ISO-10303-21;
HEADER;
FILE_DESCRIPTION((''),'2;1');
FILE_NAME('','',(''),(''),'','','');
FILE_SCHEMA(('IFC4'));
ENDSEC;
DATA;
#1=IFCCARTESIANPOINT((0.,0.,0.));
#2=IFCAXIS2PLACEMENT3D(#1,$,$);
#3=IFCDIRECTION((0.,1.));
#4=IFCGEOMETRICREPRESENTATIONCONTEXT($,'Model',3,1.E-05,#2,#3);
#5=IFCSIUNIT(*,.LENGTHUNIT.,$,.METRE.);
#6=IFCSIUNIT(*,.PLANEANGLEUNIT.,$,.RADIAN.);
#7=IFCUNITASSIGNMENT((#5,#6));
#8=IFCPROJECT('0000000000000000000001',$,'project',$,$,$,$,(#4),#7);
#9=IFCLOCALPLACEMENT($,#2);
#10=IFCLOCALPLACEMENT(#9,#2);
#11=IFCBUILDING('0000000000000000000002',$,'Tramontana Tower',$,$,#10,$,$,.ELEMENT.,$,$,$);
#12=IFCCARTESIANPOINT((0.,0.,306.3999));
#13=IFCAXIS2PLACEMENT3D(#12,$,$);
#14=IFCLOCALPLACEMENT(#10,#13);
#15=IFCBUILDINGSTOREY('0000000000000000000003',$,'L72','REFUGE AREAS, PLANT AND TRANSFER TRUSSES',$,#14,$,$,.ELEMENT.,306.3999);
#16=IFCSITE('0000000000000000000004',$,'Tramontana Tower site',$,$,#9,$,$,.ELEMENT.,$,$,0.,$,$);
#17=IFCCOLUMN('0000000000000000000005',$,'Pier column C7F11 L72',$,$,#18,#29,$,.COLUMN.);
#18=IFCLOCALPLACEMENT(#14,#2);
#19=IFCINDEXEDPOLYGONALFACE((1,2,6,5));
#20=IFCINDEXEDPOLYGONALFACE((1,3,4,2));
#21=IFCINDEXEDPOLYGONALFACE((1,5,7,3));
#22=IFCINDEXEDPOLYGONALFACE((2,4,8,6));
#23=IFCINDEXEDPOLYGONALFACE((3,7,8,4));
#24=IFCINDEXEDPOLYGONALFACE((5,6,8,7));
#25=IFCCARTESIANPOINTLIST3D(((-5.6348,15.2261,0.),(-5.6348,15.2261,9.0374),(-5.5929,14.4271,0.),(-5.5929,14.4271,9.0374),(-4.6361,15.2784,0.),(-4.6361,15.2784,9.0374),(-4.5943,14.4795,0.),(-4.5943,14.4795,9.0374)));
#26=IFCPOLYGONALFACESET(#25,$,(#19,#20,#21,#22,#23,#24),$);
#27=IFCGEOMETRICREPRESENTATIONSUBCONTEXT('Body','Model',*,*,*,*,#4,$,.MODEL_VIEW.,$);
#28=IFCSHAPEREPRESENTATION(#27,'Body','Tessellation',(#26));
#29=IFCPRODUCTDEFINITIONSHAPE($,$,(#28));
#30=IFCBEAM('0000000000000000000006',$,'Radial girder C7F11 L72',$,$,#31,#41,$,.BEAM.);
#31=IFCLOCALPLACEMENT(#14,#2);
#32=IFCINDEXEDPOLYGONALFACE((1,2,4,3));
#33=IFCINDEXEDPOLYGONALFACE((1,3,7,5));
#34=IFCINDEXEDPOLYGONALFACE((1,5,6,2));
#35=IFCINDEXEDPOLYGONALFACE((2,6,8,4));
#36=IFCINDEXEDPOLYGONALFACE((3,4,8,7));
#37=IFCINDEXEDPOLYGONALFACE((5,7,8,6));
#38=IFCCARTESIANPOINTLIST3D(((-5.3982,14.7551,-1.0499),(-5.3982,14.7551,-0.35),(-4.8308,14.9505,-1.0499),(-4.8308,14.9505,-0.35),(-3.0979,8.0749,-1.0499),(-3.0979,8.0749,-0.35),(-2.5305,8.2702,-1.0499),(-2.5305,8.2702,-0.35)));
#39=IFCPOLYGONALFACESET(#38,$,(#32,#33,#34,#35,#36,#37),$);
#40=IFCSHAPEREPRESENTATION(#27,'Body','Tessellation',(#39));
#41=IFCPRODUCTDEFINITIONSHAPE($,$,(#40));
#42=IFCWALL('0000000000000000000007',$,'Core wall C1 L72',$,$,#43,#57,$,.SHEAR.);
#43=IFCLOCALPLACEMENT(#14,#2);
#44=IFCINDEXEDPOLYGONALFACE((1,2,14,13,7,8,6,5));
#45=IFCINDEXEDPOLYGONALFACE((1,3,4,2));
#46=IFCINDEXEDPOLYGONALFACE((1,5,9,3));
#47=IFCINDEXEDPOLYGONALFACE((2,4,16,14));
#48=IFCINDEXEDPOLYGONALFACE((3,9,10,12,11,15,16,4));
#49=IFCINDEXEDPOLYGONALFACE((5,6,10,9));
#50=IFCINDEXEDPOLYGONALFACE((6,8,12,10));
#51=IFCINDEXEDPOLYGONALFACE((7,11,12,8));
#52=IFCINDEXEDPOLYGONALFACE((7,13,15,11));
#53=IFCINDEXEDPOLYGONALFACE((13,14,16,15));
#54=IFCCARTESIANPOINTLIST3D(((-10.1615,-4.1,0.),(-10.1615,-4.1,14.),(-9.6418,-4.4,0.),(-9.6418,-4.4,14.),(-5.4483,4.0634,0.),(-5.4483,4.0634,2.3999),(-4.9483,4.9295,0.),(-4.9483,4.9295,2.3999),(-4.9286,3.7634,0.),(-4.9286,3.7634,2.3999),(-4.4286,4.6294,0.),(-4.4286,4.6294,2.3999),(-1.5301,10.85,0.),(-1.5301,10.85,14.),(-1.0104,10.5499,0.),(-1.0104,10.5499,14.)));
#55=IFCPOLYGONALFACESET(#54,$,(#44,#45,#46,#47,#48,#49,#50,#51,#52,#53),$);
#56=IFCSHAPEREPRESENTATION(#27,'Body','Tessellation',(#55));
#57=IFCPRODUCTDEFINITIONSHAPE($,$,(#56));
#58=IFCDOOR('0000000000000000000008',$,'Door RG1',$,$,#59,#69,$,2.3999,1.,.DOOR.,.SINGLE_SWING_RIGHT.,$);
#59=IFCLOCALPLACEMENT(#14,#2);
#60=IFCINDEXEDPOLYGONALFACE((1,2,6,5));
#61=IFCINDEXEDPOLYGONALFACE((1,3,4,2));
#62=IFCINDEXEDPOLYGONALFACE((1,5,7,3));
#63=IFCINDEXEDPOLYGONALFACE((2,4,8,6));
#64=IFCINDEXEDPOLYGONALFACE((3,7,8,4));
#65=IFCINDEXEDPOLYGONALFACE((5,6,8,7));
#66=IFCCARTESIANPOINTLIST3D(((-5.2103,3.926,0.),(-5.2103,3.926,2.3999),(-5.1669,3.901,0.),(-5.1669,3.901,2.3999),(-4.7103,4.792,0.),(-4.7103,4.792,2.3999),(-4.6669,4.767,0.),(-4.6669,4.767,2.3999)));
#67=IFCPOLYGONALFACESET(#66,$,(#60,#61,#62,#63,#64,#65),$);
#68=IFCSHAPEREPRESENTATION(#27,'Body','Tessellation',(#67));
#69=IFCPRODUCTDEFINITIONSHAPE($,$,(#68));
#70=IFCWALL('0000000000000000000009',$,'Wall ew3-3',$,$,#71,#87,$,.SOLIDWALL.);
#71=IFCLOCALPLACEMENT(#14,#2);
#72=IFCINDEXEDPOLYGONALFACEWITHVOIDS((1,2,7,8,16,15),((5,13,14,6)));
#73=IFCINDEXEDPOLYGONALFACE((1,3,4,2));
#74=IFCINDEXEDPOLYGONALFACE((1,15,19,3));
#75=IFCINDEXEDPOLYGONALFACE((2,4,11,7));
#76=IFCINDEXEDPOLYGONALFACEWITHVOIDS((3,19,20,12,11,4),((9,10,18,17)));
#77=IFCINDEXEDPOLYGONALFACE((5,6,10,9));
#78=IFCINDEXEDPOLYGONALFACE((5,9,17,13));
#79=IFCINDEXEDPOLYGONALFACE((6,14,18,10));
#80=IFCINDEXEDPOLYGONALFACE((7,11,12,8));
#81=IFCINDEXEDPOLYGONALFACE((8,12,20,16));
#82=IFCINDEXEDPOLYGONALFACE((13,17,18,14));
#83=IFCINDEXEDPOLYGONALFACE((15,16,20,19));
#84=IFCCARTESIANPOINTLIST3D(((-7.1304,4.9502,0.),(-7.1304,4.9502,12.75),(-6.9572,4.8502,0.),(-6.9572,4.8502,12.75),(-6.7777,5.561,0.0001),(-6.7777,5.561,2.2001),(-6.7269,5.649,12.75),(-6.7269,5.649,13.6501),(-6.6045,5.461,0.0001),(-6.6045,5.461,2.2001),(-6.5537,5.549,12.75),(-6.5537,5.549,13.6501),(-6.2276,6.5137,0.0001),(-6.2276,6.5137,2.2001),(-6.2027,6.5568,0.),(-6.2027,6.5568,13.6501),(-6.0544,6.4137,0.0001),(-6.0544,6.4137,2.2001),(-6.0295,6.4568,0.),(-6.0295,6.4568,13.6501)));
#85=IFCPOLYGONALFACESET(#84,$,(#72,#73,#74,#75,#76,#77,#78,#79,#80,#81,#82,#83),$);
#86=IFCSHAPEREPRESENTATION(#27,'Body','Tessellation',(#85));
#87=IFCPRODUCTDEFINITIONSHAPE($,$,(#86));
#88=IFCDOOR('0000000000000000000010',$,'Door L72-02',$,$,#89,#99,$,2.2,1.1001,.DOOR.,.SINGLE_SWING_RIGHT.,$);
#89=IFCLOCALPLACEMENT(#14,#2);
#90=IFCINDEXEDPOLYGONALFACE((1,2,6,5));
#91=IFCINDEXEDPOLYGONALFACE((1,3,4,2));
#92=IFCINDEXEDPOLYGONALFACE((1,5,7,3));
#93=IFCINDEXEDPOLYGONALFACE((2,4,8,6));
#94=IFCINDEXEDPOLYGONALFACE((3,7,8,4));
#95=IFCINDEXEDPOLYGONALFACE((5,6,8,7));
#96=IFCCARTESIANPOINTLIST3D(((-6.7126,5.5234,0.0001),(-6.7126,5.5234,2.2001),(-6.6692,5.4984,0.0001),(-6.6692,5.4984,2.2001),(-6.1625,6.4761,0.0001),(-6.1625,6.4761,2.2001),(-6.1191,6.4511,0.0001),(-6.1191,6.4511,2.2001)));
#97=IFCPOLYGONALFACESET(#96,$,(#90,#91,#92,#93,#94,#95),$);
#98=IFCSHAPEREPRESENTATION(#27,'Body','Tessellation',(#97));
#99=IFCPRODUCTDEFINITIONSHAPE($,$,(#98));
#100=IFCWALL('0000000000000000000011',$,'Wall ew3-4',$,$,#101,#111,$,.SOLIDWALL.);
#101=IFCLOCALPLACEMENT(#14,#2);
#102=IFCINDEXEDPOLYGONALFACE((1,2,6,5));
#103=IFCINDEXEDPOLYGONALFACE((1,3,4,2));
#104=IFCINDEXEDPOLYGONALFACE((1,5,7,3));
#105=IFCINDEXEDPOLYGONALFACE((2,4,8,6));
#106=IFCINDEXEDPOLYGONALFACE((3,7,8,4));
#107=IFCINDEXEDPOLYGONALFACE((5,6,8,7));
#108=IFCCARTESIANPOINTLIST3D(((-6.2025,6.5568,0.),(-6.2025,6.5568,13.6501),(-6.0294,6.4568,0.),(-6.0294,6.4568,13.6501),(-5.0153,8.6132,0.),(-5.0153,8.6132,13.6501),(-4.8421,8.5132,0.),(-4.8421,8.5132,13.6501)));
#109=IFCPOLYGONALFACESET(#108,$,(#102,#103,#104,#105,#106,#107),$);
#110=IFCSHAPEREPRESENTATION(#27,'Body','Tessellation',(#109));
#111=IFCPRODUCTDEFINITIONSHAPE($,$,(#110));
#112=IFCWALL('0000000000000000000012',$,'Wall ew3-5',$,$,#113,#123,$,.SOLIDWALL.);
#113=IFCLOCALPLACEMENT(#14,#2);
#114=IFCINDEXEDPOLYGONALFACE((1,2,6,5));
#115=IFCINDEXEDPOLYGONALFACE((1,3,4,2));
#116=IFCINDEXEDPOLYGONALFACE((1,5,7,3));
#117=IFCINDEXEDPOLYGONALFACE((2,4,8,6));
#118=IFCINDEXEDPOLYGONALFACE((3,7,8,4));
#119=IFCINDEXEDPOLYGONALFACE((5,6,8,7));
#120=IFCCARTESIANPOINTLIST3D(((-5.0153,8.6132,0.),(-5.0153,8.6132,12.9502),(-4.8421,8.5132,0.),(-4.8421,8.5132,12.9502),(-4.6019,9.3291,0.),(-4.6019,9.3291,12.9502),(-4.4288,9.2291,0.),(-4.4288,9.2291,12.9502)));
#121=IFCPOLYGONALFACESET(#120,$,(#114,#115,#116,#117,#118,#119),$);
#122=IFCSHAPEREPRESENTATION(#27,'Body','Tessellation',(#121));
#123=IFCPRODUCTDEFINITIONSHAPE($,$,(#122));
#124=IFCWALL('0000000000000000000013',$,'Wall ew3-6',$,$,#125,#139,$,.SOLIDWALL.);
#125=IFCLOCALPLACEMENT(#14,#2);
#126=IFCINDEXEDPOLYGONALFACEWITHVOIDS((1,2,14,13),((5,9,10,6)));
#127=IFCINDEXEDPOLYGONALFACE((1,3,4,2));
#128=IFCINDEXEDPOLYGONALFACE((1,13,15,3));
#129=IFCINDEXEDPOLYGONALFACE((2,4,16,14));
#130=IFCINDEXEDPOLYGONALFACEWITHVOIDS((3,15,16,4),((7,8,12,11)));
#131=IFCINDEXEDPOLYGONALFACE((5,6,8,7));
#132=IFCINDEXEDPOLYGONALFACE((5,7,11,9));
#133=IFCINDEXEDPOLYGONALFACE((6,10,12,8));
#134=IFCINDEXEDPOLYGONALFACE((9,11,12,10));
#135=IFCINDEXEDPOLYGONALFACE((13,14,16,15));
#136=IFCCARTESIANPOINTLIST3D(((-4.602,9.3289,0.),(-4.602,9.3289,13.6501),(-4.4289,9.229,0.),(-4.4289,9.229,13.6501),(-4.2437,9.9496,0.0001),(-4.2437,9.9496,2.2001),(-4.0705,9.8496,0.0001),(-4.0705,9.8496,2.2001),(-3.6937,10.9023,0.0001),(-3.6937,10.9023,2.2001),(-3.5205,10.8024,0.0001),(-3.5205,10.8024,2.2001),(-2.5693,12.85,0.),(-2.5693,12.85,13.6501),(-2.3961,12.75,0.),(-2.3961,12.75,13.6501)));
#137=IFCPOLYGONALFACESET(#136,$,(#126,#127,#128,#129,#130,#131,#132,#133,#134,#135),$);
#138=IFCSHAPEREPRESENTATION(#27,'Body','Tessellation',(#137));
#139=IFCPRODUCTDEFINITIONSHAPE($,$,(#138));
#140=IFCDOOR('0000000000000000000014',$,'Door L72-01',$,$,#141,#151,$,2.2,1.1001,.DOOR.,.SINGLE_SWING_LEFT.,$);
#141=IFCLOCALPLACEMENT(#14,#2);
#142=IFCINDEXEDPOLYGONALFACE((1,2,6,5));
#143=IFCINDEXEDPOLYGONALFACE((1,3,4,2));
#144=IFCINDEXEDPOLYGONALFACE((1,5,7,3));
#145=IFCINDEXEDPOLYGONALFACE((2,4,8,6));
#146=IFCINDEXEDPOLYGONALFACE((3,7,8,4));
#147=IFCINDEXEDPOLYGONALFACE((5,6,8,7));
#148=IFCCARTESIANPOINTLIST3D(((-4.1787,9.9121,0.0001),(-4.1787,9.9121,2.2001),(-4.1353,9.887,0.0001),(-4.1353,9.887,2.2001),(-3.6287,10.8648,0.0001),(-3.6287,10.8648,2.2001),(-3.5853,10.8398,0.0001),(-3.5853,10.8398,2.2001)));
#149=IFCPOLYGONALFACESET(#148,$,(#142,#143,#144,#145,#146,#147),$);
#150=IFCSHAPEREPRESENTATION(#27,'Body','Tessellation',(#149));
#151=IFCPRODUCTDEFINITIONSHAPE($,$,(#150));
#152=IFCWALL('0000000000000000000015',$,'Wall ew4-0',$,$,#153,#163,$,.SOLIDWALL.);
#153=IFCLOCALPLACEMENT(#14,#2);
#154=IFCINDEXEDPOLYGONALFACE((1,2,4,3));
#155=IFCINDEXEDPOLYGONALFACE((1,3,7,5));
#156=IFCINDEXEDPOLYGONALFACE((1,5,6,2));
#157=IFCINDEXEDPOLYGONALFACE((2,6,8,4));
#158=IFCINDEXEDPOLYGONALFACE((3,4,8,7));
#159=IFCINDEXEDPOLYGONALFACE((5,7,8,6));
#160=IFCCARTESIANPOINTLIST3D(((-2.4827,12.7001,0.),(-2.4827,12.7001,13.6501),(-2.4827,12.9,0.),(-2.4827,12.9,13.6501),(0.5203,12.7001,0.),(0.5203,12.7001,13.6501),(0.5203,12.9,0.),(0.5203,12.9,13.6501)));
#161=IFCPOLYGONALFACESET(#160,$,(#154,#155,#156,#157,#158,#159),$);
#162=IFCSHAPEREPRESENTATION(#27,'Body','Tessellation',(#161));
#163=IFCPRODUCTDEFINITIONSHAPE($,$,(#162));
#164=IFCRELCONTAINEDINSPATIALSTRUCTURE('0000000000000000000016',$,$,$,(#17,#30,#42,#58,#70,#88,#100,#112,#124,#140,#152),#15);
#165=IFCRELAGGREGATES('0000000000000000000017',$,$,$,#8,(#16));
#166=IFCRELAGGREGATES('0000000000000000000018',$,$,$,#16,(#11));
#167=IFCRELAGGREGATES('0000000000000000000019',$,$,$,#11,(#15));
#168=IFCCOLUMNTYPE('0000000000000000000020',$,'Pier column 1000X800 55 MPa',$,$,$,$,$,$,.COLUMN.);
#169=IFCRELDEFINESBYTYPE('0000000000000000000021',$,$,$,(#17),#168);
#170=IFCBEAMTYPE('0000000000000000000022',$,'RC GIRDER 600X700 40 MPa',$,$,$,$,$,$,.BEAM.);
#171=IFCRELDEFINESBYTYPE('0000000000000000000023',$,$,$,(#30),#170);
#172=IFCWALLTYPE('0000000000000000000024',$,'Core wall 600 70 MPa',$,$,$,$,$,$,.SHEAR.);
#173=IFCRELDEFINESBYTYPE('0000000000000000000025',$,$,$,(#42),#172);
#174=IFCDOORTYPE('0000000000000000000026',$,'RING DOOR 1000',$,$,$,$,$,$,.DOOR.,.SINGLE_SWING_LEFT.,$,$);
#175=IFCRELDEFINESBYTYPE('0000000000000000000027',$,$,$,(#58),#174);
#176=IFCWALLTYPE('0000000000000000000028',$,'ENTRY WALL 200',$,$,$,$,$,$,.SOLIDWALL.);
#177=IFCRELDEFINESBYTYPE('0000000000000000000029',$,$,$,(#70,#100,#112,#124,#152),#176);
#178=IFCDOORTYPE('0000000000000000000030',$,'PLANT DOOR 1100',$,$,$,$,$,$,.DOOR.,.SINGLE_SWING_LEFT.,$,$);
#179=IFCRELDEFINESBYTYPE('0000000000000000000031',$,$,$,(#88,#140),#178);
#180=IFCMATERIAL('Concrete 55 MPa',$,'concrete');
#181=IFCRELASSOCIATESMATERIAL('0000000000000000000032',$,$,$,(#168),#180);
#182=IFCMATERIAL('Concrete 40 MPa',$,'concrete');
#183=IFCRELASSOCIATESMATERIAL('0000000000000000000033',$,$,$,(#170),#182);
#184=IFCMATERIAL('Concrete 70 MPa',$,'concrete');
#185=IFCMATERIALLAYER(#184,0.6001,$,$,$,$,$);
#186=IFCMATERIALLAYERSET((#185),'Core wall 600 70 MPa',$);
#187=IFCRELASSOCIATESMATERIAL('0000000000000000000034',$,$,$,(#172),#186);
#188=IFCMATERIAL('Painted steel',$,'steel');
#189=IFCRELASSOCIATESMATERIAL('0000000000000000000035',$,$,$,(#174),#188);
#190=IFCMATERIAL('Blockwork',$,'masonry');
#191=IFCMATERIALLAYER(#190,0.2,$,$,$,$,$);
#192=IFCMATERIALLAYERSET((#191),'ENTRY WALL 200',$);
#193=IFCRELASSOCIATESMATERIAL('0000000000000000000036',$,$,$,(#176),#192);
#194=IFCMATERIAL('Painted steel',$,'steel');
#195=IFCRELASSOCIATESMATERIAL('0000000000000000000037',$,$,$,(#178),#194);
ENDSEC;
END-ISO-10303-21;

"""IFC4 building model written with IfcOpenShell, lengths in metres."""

from ifc_helpers import new_model, si_unit, direction, frame, frame_2d, origin, origin_2d, place, context, subcontext, project, spatial, polyline, rectangle, outline, extrude, material, layer, layer_set, material_profile, profile_set, type_object, element, fill, save


model = new_model("IFC4")

# Units and contexts
model_context = context("Model", 3, precision=1e-05, world=origin(), true_north=direction((0.0, 1.0)))
body_context = subcontext(model_context, "Body", "Model", "MODEL_VIEW")
ifc_project = project(units=[si_unit("LENGTHUNIT", "METRE"), si_unit("PLANEANGLEUNIT", "RADIAN")], contexts=[model_context])

# Site, building, storey
site_placement = place(None, origin())
site = spatial("IfcSite", under=ifc_project, at=site_placement, Name="Tramontana Tower site", CompositionType="ELEMENT", RefElevation=0.0)
building_placement = place(site_placement, origin())
building = spatial("IfcBuilding", under=site, at=building_placement, Name="Tramontana Tower", CompositionType="ELEMENT")
storey_placement = place(building_placement, frame((0.0, 0.0, 306.3999)))
storey = spatial("IfcBuildingStorey", under=building, at=storey_placement, Name="L72", Description="REFUGE AREAS, PLANT AND TRANSFER TRUSSES", CompositionType="ELEMENT", Elevation=306.3999)

# Column
ifc_material_1 = material(Name="Concrete 55 MPa", Category="concrete")
ifc_material_profile_1 = material_profile(ifc_material_1, rectangle(XDim=1.0, YDim=0.8, at=origin_2d()), Name="Pier column 1000X800 55 MPa")
ifc_profile_set_1 = profile_set([ifc_material_profile_1], Name="Concrete 55 MPa")
column_type = type_object("IfcColumnType", Name="Pier column 1000X800 55 MPa", PredefinedType="COLUMN", material=ifc_profile_set_1)
column_placement = place(storey_placement, frame((-5.1145, 14.8528, 0.0), z_axis=(0.0, 0.0, 1.0), x_axis=(-0.99863, -0.052336, 0.0)))
element("IfcColumn", 1, at=column_placement, inside=storey, type_object=column_type, Name="Pier column C7F11 L72", PredefinedType="COLUMN", context=body_context, shape_type="SweptSolid", body=[
    extrude(rectangle(XDim=1.0, YDim=0.8, at=origin_2d()), origin(), (0.0, 0.0, 1.0), 9.0374),
])

# Beam
ifc_material_2 = material(Name="Concrete 40 MPa", Category="concrete")
ifc_material_profile_2 = material_profile(ifc_material_2, rectangle(XDim=0.6001, YDim=0.7, at=origin_2d()), Name="RC GIRDER 600X700 40 MPa")
ifc_profile_set_2 = profile_set([ifc_material_profile_2], Name="Concrete 40 MPa")
beam_type = type_object("IfcBeamType", Name="RC GIRDER 600X700 40 MPa", PredefinedType="BEAM", material=ifc_profile_set_2)
beam_placement = place(storey_placement, frame((-5.1145, 14.8528, -0.7), z_axis=(0.325584, -0.945513, 0.0), x_axis=(0.945513, 0.325584, 0.0)))
element("IfcBeam", 2, at=beam_placement, inside=storey, type_object=beam_type, Name="Radial girder C7F11 L72", PredefinedType="BEAM", context=body_context, shape_type="SweptSolid", body=[
    extrude(rectangle(XDim=0.6001, YDim=0.7, at=origin_2d()), origin(), (0.0, 0.0, 1.0), 7.0652),
])

# Walls, openings, doors
ifc_material_3 = material(Name="Concrete 70 MPa", Category="concrete")
ifc_layer_1 = layer(ifc_material_3, 0.6001)
ifc_layer_set_1 = layer_set([ifc_layer_1], Name="Core wall 600 70 MPa")
wall_type_1 = type_object("IfcWallType", Name="Core wall 600 70 MPa", PredefinedType="SHEAR", material=ifc_layer_set_1)
wall_1_placement = place(storey_placement, frame((-1.2703, 10.7, 0.0), z_axis=(0.0, 0.0, 1.0), x_axis=(-0.5, -0.866026, 0.0)))
wall_1 = element("IfcWall", 3, at=wall_1_placement, inside=storey, type_object=wall_type_1, Name="Core wall C1 L72", PredefinedType="SHEAR", context=body_context, shape_type="SweptSolid", body=[
    extrude(rectangle(XDim=17.2627, YDim=0.6001, at=frame_2d((8.6313, 0.0))), origin(), (0.0, 0.0, 1.0), 14.0),
])
opening_1_placement = place(wall_1_placement, frame((6.8364, 0.0, 0.0)))
opening_1 = element("IfcOpeningElement", 4, at=opening_1_placement, cuts=wall_1, PredefinedType="OPENING", context=body_context, shape_type="SweptSolid", body=[
    extrude(rectangle(XDim=1.0, YDim=2.3999, at=frame_2d((0.5, 1.2))), frame((0.0, 0.3101, 0.0), z_axis=(0.0, -1.0, 0.0), x_axis=(1.0, 0.0, 0.0)), (0.0, 0.0, 1.0), 0.6201),
])
ifc_material_4 = material(Name="Painted steel", Category="steel")
door_type_1 = type_object("IfcDoorType", Name="RING DOOR 1000", OperationType="SINGLE_SWING_LEFT", PredefinedType="DOOR", material=ifc_material_4)
door_1_placement = place(opening_1_placement, origin())
door_1 = element("IfcDoor", 5, at=door_1_placement, inside=storey, type_object=door_type_1, Name="Door RG1", OperationType="SINGLE_SWING_RIGHT", OverallHeight=2.3999, OverallWidth=1.0, PredefinedType="DOOR", context=body_context, shape_type="SweptSolid", body=[
    extrude(rectangle(XDim=1.0, YDim=2.3999, at=frame_2d((0.5, 1.2))), frame((0.0, 0.0249, 0.0), z_axis=(0.0, -1.0, 0.0), x_axis=(1.0, 0.0, 0.0)), (0.0, 0.0, 1.0), 0.05),
])
fill(opening_1, door_1)
ifc_material_5 = material(Name="Blockwork", Category="masonry")
ifc_layer_2 = layer(ifc_material_5, 0.2)
ifc_layer_set_2 = layer_set([ifc_layer_2], Name="ENTRY WALL 200")
wall_type_2 = type_object("IfcWallType", Name="ENTRY WALL 200", PredefinedType="SOLIDWALL", material=ifc_layer_set_2)
wall_2_placement = place(storey_placement, frame((-7.0437, 4.9001, 0.0), z_axis=(0.0, 0.0, 1.0), x_axis=(0.500045, 0.865999, 0.0)))
wall_2 = element("IfcWall", 6, at=wall_2_placement, inside=storey, type_object=wall_type_2, Name="Wall ew3-3", PredefinedType="SOLIDWALL", context=body_context, shape_type="SweptSolid", body=[
    extrude(outline(polyline([(0.0, 0.0), (1.8552, 0.0), (1.8552, 13.6501), (0.8069, 13.6501), (0.8069, 12.75), (0.0, 12.75), (0.0, 0.0)])), frame((0.0, 0.1001, 0.0), z_axis=(0.0, -1.0, 0.0), x_axis=(1.0, 0.0, 0.0)), (0.0, 0.0, 1.0), 0.2),
])
opening_2_placement = place(wall_2_placement, frame((0.7053, 0.0, 0.0)))
opening_2 = element("IfcOpeningElement", 7, at=opening_2_placement, cuts=wall_2, PredefinedType="OPENING", context=body_context, shape_type="SweptSolid", body=[
    extrude(rectangle(XDim=1.1001, YDim=2.2, at=frame_2d((0.55, 1.1001))), frame((0.0, 0.1099, 0.0), z_axis=(0.0, -1.0, 0.0), x_axis=(1.0, 0.0, 0.0)), (0.0, 0.0, 1.0), 0.22),
])
ifc_material_6 = material(Name="Painted steel", Category="steel")
door_type_2 = type_object("IfcDoorType", Name="PLANT DOOR 1100", OperationType="SINGLE_SWING_LEFT", PredefinedType="DOOR", material=ifc_material_6)
door_2_placement = place(opening_2_placement, origin())
door_2 = element("IfcDoor", 8, at=door_2_placement, inside=storey, type_object=door_type_2, Name="Door L72-02", OperationType="SINGLE_SWING_RIGHT", OverallHeight=2.2, OverallWidth=1.1001, PredefinedType="DOOR", context=body_context, shape_type="SweptSolid", body=[
    extrude(rectangle(XDim=1.1001, YDim=2.2, at=frame_2d((0.55, 1.1001))), frame((0.0, 0.0249, 0.0), z_axis=(0.0, -1.0, 0.0), x_axis=(1.0, 0.0, 0.0)), (0.0, 0.0, 1.0), 0.05),
])
fill(opening_2, door_2)

# Walls
wall_3_placement = place(storey_placement, frame((-6.116, 6.5068, 0.0), z_axis=(0.0, 0.0, 1.0), x_axis=(0.499998, 0.866026, 0.0)))
element("IfcWall", 9, at=wall_3_placement, inside=storey, type_object=wall_type_2, Name="Wall ew3-4", PredefinedType="SOLIDWALL", context=body_context, shape_type="SweptSolid", body=[
    extrude(rectangle(XDim=2.3745, YDim=0.2, at=frame_2d((1.1873, 0.0))), origin(), (0.0, 0.0, 1.0), 13.6501),
])
wall_4_placement = place(storey_placement, frame((-4.9287, 8.5632, 0.0), z_axis=(0.0, 0.0, 1.0), x_axis=(0.500046, 0.865999, 0.0)))
element("IfcWall", 10, at=wall_4_placement, inside=storey, type_object=wall_type_2, Name="Wall ew3-5", PredefinedType="SOLIDWALL", context=body_context, shape_type="SweptSolid", body=[
    extrude(rectangle(XDim=0.8267, YDim=0.2, at=frame_2d((0.4133, 0.0))), origin(), (0.0, 0.0, 1.0), 12.9502),
])

# Wall, opening, door
wall_5_placement = place(storey_placement, frame((-4.5154, 9.2791, 0.0), z_axis=(0.0, 0.0, 1.0), x_axis=(0.499975, 0.86604, 0.0)))
wall_5 = element("IfcWall", 11, at=wall_5_placement, inside=storey, type_object=wall_type_2, Name="Wall ew3-6", PredefinedType="SOLIDWALL", context=body_context, shape_type="SweptSolid", body=[
    extrude(rectangle(XDim=4.0657, YDim=0.2, at=frame_2d((2.0327, 0.0))), origin(), (0.0, 0.0, 1.0), 13.6501),
])
opening_3_placement = place(wall_5_placement, frame((0.7166, 0.0, 0.0)))
opening_3 = element("IfcOpeningElement", 12, at=opening_3_placement, cuts=wall_5, PredefinedType="OPENING", context=body_context, shape_type="SweptSolid", body=[
    extrude(rectangle(XDim=1.1001, YDim=2.2, at=frame_2d((0.55, 1.1001))), frame((0.0, 0.1099, 0.0), z_axis=(0.0, -1.0, 0.0), x_axis=(1.0, 0.0, 0.0)), (0.0, 0.0, 1.0), 0.22),
])
door_3_placement = place(opening_3_placement, origin())
door_3 = element("IfcDoor", 13, at=door_3_placement, inside=storey, type_object=door_type_2, Name="Door L72-01", OperationType="SINGLE_SWING_LEFT", OverallHeight=2.2, OverallWidth=1.1001, PredefinedType="DOOR", context=body_context, shape_type="SweptSolid", body=[
    extrude(rectangle(XDim=1.1001, YDim=2.2, at=frame_2d((0.55, 1.1001))), frame((0.0, 0.0249, 0.0), z_axis=(0.0, -1.0, 0.0), x_axis=(1.0, 0.0, 0.0)), (0.0, 0.0, 1.0), 0.05),
])
fill(opening_3, door_3)

# Wall
wall_6_placement = place(storey_placement, frame((-2.4827, 12.8, 0.0), z_axis=(0.0, 0.0, 1.0), x_axis=(1.0, 0.0, 0.0)))
element("IfcWall", 14, at=wall_6_placement, inside=storey, type_object=wall_type_2, Name="Wall ew4-0", PredefinedType="SOLIDWALL", context=body_context, shape_type="SweptSolid", body=[
    extrude(rectangle(XDim=3.0029, YDim=0.2, at=frame_2d((1.5015, 0.0))), origin(), (0.0, 0.0, 1.0), 13.6501),
])

save(model, "model.ifc")
